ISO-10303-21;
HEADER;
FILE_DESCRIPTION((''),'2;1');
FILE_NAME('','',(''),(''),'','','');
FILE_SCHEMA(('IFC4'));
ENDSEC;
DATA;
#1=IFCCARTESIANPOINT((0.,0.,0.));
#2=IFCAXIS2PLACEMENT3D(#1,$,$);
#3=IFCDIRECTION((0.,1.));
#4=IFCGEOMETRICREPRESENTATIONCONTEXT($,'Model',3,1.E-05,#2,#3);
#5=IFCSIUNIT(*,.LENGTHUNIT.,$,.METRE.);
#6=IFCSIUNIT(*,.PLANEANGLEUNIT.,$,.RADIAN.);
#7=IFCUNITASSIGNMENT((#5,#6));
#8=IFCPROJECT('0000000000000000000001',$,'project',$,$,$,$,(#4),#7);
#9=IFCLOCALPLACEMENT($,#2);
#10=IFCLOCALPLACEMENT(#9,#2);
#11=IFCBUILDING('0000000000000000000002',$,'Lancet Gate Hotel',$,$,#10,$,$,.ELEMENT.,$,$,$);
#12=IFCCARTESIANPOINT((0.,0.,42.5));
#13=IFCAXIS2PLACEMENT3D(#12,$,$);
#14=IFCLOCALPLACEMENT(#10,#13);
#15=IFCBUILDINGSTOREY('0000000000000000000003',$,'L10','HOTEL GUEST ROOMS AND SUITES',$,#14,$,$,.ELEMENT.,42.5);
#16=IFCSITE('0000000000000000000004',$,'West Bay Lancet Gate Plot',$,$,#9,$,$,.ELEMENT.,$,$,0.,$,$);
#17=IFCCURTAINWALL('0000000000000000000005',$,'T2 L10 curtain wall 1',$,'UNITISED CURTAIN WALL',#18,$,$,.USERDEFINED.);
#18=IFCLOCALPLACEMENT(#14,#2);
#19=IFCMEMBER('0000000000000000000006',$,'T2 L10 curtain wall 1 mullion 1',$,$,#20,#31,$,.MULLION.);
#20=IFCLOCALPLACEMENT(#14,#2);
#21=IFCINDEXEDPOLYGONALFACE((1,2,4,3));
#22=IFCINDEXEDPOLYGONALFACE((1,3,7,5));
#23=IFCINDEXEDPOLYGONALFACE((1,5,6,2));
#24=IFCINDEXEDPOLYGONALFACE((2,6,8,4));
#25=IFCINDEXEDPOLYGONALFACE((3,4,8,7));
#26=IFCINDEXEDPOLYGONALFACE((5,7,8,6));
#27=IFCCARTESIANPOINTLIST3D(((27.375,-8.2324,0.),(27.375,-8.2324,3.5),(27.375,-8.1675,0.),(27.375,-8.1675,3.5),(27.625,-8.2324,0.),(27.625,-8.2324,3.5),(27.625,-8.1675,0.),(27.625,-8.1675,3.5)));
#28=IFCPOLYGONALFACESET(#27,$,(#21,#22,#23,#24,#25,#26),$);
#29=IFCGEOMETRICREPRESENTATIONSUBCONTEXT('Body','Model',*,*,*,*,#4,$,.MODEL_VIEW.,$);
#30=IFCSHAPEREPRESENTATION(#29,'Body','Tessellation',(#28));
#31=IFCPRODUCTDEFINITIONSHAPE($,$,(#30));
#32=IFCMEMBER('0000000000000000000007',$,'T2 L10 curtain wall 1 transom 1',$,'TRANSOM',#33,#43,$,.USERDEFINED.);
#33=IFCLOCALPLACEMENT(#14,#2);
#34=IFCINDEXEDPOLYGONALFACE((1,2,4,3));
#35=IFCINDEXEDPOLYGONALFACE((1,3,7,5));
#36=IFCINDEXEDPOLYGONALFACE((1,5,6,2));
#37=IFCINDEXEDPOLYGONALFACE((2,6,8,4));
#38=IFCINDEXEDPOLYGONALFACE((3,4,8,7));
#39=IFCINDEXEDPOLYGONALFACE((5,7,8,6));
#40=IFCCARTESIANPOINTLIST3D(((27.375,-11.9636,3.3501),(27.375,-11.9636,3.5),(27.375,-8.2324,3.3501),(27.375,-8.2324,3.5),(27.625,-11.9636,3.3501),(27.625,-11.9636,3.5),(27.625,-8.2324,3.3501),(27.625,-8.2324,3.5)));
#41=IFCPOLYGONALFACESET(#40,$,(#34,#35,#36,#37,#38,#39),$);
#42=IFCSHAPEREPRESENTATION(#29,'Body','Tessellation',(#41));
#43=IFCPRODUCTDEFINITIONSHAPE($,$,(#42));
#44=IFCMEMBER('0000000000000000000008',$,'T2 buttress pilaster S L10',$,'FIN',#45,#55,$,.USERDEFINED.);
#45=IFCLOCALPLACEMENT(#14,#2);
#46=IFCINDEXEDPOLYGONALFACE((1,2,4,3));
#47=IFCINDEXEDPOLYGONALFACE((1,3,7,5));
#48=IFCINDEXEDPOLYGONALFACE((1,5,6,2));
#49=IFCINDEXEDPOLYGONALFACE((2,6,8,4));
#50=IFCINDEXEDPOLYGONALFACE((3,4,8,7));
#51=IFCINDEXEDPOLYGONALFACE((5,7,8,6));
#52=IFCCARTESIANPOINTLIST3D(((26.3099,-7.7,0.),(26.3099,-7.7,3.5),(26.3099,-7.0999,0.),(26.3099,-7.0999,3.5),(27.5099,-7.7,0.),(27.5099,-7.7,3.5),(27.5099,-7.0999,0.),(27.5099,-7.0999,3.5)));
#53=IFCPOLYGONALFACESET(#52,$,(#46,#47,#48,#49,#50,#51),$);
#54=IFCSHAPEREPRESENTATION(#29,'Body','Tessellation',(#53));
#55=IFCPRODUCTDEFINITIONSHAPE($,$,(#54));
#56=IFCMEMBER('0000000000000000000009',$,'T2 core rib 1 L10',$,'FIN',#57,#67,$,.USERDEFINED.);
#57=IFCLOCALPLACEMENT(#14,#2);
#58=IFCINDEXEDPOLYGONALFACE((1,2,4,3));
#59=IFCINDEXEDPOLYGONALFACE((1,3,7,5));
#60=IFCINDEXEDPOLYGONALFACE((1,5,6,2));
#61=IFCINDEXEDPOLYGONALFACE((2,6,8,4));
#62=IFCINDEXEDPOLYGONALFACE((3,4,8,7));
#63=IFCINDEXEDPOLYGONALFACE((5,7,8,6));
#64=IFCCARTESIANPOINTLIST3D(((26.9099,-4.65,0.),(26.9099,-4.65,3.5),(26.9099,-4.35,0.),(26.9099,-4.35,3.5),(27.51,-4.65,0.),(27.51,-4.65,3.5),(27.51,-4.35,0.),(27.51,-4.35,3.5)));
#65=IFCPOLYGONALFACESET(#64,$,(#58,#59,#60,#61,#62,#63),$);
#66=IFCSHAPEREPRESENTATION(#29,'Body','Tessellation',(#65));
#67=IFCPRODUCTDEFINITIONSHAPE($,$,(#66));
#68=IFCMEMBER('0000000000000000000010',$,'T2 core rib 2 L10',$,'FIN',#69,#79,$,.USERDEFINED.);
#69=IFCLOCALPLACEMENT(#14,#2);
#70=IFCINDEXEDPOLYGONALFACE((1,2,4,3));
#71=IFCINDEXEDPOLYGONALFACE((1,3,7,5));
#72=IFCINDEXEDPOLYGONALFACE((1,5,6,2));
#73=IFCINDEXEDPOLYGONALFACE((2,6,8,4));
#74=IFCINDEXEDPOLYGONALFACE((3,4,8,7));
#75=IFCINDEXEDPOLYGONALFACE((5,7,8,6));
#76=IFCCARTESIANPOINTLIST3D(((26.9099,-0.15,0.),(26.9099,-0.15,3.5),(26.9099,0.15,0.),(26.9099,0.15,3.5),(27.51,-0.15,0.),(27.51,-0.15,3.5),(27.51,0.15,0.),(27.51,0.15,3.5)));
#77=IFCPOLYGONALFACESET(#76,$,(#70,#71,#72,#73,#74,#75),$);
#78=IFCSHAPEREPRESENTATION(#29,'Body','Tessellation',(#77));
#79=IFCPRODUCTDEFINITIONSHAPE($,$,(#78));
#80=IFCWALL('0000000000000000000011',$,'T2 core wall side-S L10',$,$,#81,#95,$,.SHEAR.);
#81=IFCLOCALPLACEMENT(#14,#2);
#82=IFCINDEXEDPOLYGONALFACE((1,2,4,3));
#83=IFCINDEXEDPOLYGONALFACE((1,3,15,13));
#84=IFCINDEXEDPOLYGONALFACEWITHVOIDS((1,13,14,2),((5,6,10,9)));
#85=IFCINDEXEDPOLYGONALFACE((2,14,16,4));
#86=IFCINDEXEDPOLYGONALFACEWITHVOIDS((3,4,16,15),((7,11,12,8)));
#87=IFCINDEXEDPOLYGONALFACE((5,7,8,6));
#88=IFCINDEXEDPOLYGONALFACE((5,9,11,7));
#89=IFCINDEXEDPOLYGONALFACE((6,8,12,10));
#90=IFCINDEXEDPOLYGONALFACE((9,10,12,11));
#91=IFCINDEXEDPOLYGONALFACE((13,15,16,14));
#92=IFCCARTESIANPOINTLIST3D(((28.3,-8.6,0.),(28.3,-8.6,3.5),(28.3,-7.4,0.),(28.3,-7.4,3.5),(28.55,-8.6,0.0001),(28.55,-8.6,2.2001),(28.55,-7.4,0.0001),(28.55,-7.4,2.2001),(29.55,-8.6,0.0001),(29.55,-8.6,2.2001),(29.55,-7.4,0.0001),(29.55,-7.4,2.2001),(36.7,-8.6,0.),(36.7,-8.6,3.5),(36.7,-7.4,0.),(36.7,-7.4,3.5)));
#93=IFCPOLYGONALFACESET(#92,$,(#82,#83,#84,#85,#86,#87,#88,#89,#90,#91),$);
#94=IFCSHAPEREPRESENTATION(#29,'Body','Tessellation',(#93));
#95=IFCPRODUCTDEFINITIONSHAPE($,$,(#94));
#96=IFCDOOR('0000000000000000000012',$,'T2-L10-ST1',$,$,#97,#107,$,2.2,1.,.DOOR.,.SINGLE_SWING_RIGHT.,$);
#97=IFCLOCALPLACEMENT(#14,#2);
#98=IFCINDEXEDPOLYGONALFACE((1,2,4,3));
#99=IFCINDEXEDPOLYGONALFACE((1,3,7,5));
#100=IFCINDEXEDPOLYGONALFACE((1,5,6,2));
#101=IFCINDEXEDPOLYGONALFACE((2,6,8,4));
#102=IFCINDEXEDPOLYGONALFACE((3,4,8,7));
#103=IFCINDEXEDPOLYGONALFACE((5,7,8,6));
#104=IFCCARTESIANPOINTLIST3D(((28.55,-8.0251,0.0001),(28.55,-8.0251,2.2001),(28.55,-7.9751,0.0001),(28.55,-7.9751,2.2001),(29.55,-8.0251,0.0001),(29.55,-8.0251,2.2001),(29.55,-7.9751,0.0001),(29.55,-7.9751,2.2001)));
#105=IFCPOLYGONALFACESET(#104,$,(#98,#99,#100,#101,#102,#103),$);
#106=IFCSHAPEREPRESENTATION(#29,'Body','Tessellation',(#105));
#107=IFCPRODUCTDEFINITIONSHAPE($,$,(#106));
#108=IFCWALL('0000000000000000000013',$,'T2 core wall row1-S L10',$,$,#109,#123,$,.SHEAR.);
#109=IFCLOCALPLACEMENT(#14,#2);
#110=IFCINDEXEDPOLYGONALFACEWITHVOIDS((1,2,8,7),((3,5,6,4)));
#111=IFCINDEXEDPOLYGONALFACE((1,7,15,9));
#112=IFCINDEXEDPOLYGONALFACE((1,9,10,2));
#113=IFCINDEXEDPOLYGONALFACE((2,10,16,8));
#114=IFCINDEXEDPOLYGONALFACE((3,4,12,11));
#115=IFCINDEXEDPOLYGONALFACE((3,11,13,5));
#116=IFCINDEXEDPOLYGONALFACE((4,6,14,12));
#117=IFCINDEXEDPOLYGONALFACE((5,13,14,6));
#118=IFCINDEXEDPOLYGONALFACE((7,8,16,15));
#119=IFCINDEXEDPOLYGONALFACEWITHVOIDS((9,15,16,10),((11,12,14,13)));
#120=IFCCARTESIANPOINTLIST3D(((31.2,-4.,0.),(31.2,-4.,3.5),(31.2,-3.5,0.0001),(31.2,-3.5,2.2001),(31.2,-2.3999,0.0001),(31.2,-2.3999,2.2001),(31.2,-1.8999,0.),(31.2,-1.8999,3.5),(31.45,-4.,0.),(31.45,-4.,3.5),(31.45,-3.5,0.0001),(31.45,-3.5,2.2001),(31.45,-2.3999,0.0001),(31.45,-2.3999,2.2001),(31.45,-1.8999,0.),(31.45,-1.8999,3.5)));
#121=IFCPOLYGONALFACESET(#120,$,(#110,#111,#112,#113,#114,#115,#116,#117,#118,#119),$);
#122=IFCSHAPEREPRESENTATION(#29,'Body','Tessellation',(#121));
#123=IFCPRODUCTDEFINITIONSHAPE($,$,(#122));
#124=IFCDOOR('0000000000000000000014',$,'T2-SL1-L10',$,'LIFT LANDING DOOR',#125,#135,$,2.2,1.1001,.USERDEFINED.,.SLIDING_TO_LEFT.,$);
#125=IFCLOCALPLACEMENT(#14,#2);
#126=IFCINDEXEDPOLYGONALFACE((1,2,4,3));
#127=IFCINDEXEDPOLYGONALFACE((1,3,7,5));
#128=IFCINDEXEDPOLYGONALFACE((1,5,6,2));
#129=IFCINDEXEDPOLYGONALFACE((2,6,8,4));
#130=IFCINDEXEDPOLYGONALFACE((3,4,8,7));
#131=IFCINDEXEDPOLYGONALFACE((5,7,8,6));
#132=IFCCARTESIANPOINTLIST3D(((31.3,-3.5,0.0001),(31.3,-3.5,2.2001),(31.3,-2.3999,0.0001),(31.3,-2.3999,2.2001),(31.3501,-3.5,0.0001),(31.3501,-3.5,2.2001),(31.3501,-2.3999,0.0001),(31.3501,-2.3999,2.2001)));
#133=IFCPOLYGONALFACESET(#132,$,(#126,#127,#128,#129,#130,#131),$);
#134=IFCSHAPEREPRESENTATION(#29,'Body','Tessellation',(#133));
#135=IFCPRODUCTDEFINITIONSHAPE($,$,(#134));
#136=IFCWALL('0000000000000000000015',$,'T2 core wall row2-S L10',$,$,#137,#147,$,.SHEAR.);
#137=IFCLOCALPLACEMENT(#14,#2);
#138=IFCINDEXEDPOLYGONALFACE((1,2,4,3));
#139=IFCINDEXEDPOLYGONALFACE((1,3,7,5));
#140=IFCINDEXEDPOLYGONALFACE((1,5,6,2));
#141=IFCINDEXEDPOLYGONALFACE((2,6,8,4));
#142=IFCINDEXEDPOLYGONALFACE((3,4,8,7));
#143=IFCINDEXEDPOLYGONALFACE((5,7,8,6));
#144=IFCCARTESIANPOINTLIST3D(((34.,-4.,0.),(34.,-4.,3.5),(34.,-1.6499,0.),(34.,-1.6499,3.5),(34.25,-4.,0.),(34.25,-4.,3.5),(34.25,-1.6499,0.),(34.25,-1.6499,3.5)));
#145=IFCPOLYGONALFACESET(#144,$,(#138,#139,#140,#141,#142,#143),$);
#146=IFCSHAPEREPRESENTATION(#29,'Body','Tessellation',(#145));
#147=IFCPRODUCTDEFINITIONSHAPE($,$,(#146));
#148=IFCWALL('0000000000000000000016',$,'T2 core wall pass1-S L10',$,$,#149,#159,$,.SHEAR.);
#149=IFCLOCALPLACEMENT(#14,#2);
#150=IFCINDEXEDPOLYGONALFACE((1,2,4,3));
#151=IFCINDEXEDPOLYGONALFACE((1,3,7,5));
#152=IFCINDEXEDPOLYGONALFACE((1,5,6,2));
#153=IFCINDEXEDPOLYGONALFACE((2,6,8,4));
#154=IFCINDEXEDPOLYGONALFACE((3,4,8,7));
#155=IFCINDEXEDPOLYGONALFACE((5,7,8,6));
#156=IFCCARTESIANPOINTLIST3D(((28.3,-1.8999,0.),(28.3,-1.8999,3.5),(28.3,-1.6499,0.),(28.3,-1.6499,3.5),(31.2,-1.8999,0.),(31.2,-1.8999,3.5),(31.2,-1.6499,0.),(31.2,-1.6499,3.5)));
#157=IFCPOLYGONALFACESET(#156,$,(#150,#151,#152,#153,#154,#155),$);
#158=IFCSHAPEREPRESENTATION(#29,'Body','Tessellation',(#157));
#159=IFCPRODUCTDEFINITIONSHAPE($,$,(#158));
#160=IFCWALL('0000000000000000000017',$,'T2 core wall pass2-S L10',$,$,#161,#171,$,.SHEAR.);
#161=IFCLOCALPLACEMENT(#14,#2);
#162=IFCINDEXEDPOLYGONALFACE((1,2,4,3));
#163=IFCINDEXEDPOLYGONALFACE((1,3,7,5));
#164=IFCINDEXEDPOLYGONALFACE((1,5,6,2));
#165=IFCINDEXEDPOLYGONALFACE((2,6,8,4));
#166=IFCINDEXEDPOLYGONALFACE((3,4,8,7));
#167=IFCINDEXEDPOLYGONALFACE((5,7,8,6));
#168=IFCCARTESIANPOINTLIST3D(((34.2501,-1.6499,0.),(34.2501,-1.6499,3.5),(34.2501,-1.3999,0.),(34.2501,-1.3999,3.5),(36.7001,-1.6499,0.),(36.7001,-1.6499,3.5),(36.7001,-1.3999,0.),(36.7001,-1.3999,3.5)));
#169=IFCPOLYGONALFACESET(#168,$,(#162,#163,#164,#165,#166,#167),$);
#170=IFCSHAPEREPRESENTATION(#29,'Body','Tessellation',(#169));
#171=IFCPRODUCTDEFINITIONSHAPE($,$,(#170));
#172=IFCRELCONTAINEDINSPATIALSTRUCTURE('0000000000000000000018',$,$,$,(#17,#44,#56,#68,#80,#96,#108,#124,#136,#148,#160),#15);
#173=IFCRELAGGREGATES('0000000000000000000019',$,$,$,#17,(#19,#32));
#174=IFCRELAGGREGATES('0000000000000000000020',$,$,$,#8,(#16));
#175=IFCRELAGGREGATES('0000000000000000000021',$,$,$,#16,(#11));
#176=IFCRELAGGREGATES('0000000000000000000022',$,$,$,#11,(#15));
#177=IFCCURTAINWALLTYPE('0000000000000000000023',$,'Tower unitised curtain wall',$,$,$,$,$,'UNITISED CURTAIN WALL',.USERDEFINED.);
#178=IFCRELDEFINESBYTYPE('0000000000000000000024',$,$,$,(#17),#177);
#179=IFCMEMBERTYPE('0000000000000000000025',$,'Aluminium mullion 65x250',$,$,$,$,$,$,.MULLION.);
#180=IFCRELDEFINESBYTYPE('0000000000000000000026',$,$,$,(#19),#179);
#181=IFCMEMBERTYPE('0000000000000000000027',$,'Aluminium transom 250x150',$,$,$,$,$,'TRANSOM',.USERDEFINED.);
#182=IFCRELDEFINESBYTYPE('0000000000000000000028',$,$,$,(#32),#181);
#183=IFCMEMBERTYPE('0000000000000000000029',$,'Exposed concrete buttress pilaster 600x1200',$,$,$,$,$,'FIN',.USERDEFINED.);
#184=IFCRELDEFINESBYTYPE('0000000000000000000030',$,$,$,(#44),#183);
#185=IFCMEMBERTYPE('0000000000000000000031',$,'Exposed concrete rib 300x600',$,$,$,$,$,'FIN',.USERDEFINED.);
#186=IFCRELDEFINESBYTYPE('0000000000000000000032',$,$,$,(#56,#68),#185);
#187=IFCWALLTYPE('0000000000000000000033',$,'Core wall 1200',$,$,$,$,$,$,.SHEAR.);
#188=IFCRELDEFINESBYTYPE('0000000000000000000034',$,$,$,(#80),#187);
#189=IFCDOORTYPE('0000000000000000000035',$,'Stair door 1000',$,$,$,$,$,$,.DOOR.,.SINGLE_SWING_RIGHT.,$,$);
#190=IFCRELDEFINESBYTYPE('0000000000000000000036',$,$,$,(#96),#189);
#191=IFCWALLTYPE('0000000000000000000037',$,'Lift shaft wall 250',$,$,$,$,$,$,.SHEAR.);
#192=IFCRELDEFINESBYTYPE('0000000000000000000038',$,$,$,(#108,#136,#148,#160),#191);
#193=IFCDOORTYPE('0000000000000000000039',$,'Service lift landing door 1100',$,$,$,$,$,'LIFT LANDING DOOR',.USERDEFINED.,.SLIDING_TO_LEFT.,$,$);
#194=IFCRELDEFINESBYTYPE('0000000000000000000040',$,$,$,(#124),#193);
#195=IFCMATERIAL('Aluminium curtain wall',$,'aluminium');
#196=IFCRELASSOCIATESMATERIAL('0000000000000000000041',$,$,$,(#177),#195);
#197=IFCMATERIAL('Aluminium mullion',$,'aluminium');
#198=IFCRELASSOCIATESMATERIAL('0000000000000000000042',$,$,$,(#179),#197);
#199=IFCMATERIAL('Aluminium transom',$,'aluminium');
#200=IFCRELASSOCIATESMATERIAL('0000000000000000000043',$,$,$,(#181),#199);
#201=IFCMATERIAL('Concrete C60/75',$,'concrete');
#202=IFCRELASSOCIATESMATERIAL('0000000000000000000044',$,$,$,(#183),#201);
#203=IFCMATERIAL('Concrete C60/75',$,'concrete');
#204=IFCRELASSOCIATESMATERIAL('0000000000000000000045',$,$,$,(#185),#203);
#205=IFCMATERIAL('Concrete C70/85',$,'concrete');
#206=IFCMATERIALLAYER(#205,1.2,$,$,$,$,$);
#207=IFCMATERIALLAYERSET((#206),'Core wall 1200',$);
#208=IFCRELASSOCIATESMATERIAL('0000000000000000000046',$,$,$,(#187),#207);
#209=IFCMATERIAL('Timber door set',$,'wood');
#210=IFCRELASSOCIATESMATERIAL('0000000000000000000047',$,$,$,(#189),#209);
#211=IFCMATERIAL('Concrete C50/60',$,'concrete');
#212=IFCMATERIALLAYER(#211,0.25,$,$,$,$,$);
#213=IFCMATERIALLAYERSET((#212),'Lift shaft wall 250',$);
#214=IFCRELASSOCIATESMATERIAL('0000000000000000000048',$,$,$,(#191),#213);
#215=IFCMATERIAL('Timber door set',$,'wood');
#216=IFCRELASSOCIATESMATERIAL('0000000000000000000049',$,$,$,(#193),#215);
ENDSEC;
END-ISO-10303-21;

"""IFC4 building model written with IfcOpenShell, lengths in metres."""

from ifc_helpers import new_model, si_unit, direction, frame, frame_2d, origin, origin_2d, place, context, subcontext, project, spatial, rectangle, extrude, material, layer, layer_set, material_profile, profile_set, type_object, element, fill, aggregate, save


model = new_model("IFC4")

# Units and contexts
model_context = context("Model", 3, precision=1e-05, world=origin(), true_north=direction((0.0, 1.0)))
body_context = subcontext(model_context, "Body", "Model", "MODEL_VIEW")
ifc_project = project(units=[si_unit("LENGTHUNIT", "METRE"), si_unit("PLANEANGLEUNIT", "RADIAN")], contexts=[model_context])

# Site, building, storey
site_placement = place(None, origin())
site = spatial("IfcSite", under=ifc_project, at=site_placement, Name="West Bay Lancet Gate Plot", CompositionType="ELEMENT", RefElevation=0.0)
building_placement = place(site_placement, origin())
building = spatial("IfcBuilding", under=site, at=building_placement, Name="Lancet Gate Hotel", CompositionType="ELEMENT")
storey_placement = place(building_placement, frame((0.0, 0.0, 42.5)))
storey = spatial("IfcBuildingStorey", under=building, at=storey_placement, Name="L10", Description="HOTEL GUEST ROOMS AND SUITES", CompositionType="ELEMENT", Elevation=42.5)

# Curtain wall, members
ifc_material_1 = material(Name="Aluminium curtain wall", Category="aluminium")
curtain_wall_type = type_object("IfcCurtainWallType", Name="Tower unitised curtain wall", ElementType="UNITISED CURTAIN WALL", PredefinedType="USERDEFINED", material=ifc_material_1)
curtain_wall_placement = place(storey_placement, origin())
curtain_wall = element("IfcCurtainWall", 1, at=curtain_wall_placement, inside=storey, type_object=curtain_wall_type, Name="T2 L10 curtain wall 1", ObjectType="UNITISED CURTAIN WALL", PredefinedType="USERDEFINED")
ifc_material_2 = material(Name="Aluminium mullion", Category="aluminium")
ifc_material_profile_1 = material_profile(ifc_material_2, rectangle(XDim=0.0649, YDim=0.25, at=origin_2d()), Name="MULLION 65x250")
ifc_profile_set_1 = profile_set([ifc_material_profile_1], Name="Aluminium mullion")
member_type_1 = type_object("IfcMemberType", Name="Aluminium mullion 65x250", PredefinedType="MULLION", material=ifc_profile_set_1)
member_1_placement = place(storey_placement, frame((27.5, -8.2, 0.0), z_axis=(0.0, 0.0, 1.0), x_axis=(0.0, -1.0, 0.0)))
member_1 = element("IfcMember", 2, at=member_1_placement, type_object=member_type_1, Name="T2 L10 curtain wall 1 mullion 1", PredefinedType="MULLION", context=body_context, shape_type="SweptSolid", body=[
    extrude(rectangle(XDim=0.0649, YDim=0.25, at=origin_2d()), origin(), (0.0, 0.0, 1.0), 3.5),
])
ifc_material_3 = material(Name="Aluminium transom", Category="aluminium")
ifc_material_profile_2 = material_profile(ifc_material_3, rectangle(XDim=0.25, YDim=0.1499, at=origin_2d()), Name="TRANSOM 250x150")
ifc_profile_set_2 = profile_set([ifc_material_profile_2], Name="Aluminium transom")
member_type_2 = type_object("IfcMemberType", Name="Aluminium transom 250x150", ElementType="TRANSOM", PredefinedType="USERDEFINED", material=ifc_profile_set_2)
member_2_placement = place(storey_placement, frame((27.5, -8.2324, 3.425), z_axis=(0.0, -1.0, 0.0), x_axis=(1.0, 0.0, 0.0)))
member_2 = element("IfcMember", 3, at=member_2_placement, type_object=member_type_2, Name="T2 L10 curtain wall 1 transom 1", ObjectType="TRANSOM", PredefinedType="USERDEFINED", context=body_context, shape_type="SweptSolid", body=[
    extrude(rectangle(XDim=0.25, YDim=0.1499, at=origin_2d()), origin(), (0.0, 0.0, 1.0), 3.7312),
])
aggregate(curtain_wall, [member_1, member_2])

# Members
ifc_material_4 = material(Name="Concrete C60/75", Category="concrete")
ifc_material_profile_3 = material_profile(ifc_material_4, rectangle(XDim=0.6001, YDim=1.2, at=origin_2d()), Name="FIN 600x1200")
ifc_profile_set_3 = profile_set([ifc_material_profile_3], Name="Concrete C60/75")
member_type_3 = type_object("IfcMemberType", Name="Exposed concrete buttress pilaster 600x1200", ElementType="FIN", PredefinedType="USERDEFINED", material=ifc_profile_set_3)
member_3_placement = place(storey_placement, frame((26.9099, -7.3999, 0.0), z_axis=(0.0, 0.0, 1.0), x_axis=(0.0, 1.0, 0.0)))
element("IfcMember", 4, at=member_3_placement, inside=storey, type_object=member_type_3, Name="T2 buttress pilaster S L10", ObjectType="FIN", PredefinedType="USERDEFINED", context=body_context, shape_type="SweptSolid", body=[
    extrude(rectangle(XDim=0.6001, YDim=1.2, at=origin_2d()), origin(), (0.0, 0.0, 1.0), 3.5),
])
ifc_material_5 = material(Name="Concrete C60/75", Category="concrete")
ifc_material_profile_4 = material_profile(ifc_material_5, rectangle(XDim=0.3, YDim=0.6001, at=origin_2d()), Name="FIN 300x600")
ifc_profile_set_4 = profile_set([ifc_material_profile_4], Name="Concrete C60/75")
member_type_4 = type_object("IfcMemberType", Name="Exposed concrete rib 300x600", ElementType="FIN", PredefinedType="USERDEFINED", material=ifc_profile_set_4)
for number, where, z_axis, x_axis, name in (
    (5, (27.21, -4.5, 0.0), (0.0, 0.0, 1.0), (0.0, 1.0, 0.0), "T2 core rib 1 L10"),
    (6, (27.21, 0.0, 0.0), (0.0, 0.0, 1.0), (0.0, 1.0, 0.0), "T2 core rib 2 L10"),
):
    element("IfcMember", number, at=place(storey_placement, frame(where, z_axis=z_axis, x_axis=x_axis)), inside=storey, type_object=member_type_4, Name=name, ObjectType="FIN", PredefinedType="USERDEFINED", context=body_context, shape_type="SweptSolid", body=[
        extrude(rectangle(XDim=0.3, YDim=0.6001, at=origin_2d()), origin(), (0.0, 0.0, 1.0), 3.5),
    ])

# Walls, openings, doors
ifc_material_6 = material(Name="Concrete C70/85", Category="concrete")
ifc_layer_1 = layer(ifc_material_6, 1.2)
ifc_layer_set_1 = layer_set([ifc_layer_1], Name="Core wall 1200")
wall_type_1 = type_object("IfcWallType", Name="Core wall 1200", PredefinedType="SHEAR", material=ifc_layer_set_1)
wall_1_placement = place(storey_placement, frame((28.3, -8.0, 0.0), z_axis=(0.0, 0.0, 1.0), x_axis=(1.0, 0.0, 0.0)))
wall_1 = element("IfcWall", 7, at=wall_1_placement, inside=storey, type_object=wall_type_1, Name="T2 core wall side-S L10", PredefinedType="SHEAR", context=body_context, shape_type="SweptSolid", body=[
    extrude(rectangle(XDim=8.3999, YDim=1.2, at=frame_2d((4.2, 0.0))), origin(), (0.0, 0.0, 1.0), 3.5),
])
opening_1_placement = place(wall_1_placement, frame((0.25, 0.0, 0.0)))
opening_1 = element("IfcOpeningElement", 8, at=opening_1_placement, cuts=wall_1, PredefinedType="OPENING", context=body_context, shape_type="SweptSolid", body=[
    extrude(rectangle(XDim=1.0, YDim=2.2, at=frame_2d((0.5, 1.1001))), frame((0.0, 0.6099, 0.0), z_axis=(0.0, -1.0, 0.0), x_axis=(1.0, 0.0, 0.0)), (0.0, 0.0, 1.0), 1.22),
])
ifc_material_7 = material(Name="Timber door set", Category="wood")
door_type_1 = type_object("IfcDoorType", Name="Stair door 1000", OperationType="SINGLE_SWING_RIGHT", PredefinedType="DOOR", material=ifc_material_7)
door_1_placement = place(opening_1_placement, origin())
door_1 = element("IfcDoor", 9, at=door_1_placement, inside=storey, type_object=door_type_1, Name="T2-L10-ST1", OperationType="SINGLE_SWING_RIGHT", OverallHeight=2.2, OverallWidth=1.0, PredefinedType="DOOR", context=body_context, shape_type="SweptSolid", body=[
    extrude(rectangle(XDim=1.0, YDim=2.2, at=frame_2d((0.5, 1.1001))), frame((0.0, 0.0249, 0.0), z_axis=(0.0, -1.0, 0.0), x_axis=(1.0, 0.0, 0.0)), (0.0, 0.0, 1.0), 0.05),
])
fill(opening_1, door_1)
ifc_material_8 = material(Name="Concrete C50/60", Category="concrete")
ifc_layer_2 = layer(ifc_material_8, 0.25)
ifc_layer_set_2 = layer_set([ifc_layer_2], Name="Lift shaft wall 250")
wall_type_2 = type_object("IfcWallType", Name="Lift shaft wall 250", PredefinedType="SHEAR", material=ifc_layer_set_2)
wall_2_placement = place(storey_placement, frame((31.325, -4.0, 0.0), z_axis=(0.0, 0.0, 1.0), x_axis=(0.0, 1.0, 0.0)))
wall_2 = element("IfcWall", 10, at=wall_2_placement, inside=storey, type_object=wall_type_2, Name="T2 core wall row1-S L10", PredefinedType="SHEAR", context=body_context, shape_type="SweptSolid", body=[
    extrude(rectangle(XDim=2.1001, YDim=0.25, at=frame_2d((1.05, 0.0))), origin(), (0.0, 0.0, 1.0), 3.5),
])
opening_2_placement = place(wall_2_placement, frame((0.5, 0.0, 0.0)))
opening_2 = element("IfcOpeningElement", 11, at=opening_2_placement, cuts=wall_2, PredefinedType="OPENING", context=body_context, shape_type="SweptSolid", body=[
    extrude(rectangle(XDim=1.1001, YDim=2.2, at=frame_2d((0.55, 1.1001))), frame((0.0, 0.135, 0.0), z_axis=(0.0, -1.0, 0.0), x_axis=(1.0, 0.0, 0.0)), (0.0, 0.0, 1.0), 0.27),
])
ifc_material_9 = material(Name="Timber door set", Category="wood")
door_type_2 = type_object("IfcDoorType", Name="Service lift landing door 1100", ElementType="LIFT LANDING DOOR", OperationType="SLIDING_TO_LEFT", PredefinedType="USERDEFINED", material=ifc_material_9)
door_2_placement = place(opening_2_placement, origin())
door_2 = element("IfcDoor", 12, at=door_2_placement, inside=storey, type_object=door_type_2, Name="T2-SL1-L10", ObjectType="LIFT LANDING DOOR", OperationType="SLIDING_TO_LEFT", OverallHeight=2.2, OverallWidth=1.1001, PredefinedType="USERDEFINED", context=body_context, shape_type="SweptSolid", body=[
    extrude(rectangle(XDim=1.1001, YDim=2.2, at=frame_2d((0.55, 1.1001))), frame((0.0, 0.0249, 0.0), z_axis=(0.0, -1.0, 0.0), x_axis=(1.0, 0.0, 0.0)), (0.0, 0.0, 1.0), 0.05),
])
fill(opening_2, door_2)

# Walls
wall_3_placement = place(storey_placement, frame((34.125, -4.0, 0.0), z_axis=(0.0, 0.0, 1.0), x_axis=(0.0, 1.0, 0.0)))
element("IfcWall", 13, at=wall_3_placement, inside=storey, type_object=wall_type_2, Name="T2 core wall row2-S L10", PredefinedType="SHEAR", context=body_context, shape_type="SweptSolid", body=[
    extrude(rectangle(XDim=2.3501, YDim=0.25, at=frame_2d((1.175, 0.0))), origin(), (0.0, 0.0, 1.0), 3.5),
])
wall_4_placement = place(storey_placement, frame((28.3, -1.7749, 0.0), z_axis=(0.0, 0.0, 1.0), x_axis=(1.0, 0.0, 0.0)))
element("IfcWall", 14, at=wall_4_placement, inside=storey, type_object=wall_type_2, Name="T2 core wall pass1-S L10", PredefinedType="SHEAR", context=body_context, shape_type="SweptSolid", body=[
    extrude(rectangle(XDim=2.8999, YDim=0.25, at=frame_2d((1.45, 0.0))), origin(), (0.0, 0.0, 1.0), 3.5),
])
wall_5_placement = place(storey_placement, frame((34.25, -1.5249, 0.0), z_axis=(0.0, 0.0, 1.0), x_axis=(1.0, 0.0, 0.0)))
element("IfcWall", 15, at=wall_5_placement, inside=storey, type_object=wall_type_2, Name="T2 core wall pass2-S L10", PredefinedType="SHEAR", context=body_context, shape_type="SweptSolid", body=[
    extrude(rectangle(XDim=2.45, YDim=0.25, at=frame_2d((1.2251, 0.0))), origin(), (0.0, 0.0, 1.0), 3.5),
])

save(model, "model.ifc")
